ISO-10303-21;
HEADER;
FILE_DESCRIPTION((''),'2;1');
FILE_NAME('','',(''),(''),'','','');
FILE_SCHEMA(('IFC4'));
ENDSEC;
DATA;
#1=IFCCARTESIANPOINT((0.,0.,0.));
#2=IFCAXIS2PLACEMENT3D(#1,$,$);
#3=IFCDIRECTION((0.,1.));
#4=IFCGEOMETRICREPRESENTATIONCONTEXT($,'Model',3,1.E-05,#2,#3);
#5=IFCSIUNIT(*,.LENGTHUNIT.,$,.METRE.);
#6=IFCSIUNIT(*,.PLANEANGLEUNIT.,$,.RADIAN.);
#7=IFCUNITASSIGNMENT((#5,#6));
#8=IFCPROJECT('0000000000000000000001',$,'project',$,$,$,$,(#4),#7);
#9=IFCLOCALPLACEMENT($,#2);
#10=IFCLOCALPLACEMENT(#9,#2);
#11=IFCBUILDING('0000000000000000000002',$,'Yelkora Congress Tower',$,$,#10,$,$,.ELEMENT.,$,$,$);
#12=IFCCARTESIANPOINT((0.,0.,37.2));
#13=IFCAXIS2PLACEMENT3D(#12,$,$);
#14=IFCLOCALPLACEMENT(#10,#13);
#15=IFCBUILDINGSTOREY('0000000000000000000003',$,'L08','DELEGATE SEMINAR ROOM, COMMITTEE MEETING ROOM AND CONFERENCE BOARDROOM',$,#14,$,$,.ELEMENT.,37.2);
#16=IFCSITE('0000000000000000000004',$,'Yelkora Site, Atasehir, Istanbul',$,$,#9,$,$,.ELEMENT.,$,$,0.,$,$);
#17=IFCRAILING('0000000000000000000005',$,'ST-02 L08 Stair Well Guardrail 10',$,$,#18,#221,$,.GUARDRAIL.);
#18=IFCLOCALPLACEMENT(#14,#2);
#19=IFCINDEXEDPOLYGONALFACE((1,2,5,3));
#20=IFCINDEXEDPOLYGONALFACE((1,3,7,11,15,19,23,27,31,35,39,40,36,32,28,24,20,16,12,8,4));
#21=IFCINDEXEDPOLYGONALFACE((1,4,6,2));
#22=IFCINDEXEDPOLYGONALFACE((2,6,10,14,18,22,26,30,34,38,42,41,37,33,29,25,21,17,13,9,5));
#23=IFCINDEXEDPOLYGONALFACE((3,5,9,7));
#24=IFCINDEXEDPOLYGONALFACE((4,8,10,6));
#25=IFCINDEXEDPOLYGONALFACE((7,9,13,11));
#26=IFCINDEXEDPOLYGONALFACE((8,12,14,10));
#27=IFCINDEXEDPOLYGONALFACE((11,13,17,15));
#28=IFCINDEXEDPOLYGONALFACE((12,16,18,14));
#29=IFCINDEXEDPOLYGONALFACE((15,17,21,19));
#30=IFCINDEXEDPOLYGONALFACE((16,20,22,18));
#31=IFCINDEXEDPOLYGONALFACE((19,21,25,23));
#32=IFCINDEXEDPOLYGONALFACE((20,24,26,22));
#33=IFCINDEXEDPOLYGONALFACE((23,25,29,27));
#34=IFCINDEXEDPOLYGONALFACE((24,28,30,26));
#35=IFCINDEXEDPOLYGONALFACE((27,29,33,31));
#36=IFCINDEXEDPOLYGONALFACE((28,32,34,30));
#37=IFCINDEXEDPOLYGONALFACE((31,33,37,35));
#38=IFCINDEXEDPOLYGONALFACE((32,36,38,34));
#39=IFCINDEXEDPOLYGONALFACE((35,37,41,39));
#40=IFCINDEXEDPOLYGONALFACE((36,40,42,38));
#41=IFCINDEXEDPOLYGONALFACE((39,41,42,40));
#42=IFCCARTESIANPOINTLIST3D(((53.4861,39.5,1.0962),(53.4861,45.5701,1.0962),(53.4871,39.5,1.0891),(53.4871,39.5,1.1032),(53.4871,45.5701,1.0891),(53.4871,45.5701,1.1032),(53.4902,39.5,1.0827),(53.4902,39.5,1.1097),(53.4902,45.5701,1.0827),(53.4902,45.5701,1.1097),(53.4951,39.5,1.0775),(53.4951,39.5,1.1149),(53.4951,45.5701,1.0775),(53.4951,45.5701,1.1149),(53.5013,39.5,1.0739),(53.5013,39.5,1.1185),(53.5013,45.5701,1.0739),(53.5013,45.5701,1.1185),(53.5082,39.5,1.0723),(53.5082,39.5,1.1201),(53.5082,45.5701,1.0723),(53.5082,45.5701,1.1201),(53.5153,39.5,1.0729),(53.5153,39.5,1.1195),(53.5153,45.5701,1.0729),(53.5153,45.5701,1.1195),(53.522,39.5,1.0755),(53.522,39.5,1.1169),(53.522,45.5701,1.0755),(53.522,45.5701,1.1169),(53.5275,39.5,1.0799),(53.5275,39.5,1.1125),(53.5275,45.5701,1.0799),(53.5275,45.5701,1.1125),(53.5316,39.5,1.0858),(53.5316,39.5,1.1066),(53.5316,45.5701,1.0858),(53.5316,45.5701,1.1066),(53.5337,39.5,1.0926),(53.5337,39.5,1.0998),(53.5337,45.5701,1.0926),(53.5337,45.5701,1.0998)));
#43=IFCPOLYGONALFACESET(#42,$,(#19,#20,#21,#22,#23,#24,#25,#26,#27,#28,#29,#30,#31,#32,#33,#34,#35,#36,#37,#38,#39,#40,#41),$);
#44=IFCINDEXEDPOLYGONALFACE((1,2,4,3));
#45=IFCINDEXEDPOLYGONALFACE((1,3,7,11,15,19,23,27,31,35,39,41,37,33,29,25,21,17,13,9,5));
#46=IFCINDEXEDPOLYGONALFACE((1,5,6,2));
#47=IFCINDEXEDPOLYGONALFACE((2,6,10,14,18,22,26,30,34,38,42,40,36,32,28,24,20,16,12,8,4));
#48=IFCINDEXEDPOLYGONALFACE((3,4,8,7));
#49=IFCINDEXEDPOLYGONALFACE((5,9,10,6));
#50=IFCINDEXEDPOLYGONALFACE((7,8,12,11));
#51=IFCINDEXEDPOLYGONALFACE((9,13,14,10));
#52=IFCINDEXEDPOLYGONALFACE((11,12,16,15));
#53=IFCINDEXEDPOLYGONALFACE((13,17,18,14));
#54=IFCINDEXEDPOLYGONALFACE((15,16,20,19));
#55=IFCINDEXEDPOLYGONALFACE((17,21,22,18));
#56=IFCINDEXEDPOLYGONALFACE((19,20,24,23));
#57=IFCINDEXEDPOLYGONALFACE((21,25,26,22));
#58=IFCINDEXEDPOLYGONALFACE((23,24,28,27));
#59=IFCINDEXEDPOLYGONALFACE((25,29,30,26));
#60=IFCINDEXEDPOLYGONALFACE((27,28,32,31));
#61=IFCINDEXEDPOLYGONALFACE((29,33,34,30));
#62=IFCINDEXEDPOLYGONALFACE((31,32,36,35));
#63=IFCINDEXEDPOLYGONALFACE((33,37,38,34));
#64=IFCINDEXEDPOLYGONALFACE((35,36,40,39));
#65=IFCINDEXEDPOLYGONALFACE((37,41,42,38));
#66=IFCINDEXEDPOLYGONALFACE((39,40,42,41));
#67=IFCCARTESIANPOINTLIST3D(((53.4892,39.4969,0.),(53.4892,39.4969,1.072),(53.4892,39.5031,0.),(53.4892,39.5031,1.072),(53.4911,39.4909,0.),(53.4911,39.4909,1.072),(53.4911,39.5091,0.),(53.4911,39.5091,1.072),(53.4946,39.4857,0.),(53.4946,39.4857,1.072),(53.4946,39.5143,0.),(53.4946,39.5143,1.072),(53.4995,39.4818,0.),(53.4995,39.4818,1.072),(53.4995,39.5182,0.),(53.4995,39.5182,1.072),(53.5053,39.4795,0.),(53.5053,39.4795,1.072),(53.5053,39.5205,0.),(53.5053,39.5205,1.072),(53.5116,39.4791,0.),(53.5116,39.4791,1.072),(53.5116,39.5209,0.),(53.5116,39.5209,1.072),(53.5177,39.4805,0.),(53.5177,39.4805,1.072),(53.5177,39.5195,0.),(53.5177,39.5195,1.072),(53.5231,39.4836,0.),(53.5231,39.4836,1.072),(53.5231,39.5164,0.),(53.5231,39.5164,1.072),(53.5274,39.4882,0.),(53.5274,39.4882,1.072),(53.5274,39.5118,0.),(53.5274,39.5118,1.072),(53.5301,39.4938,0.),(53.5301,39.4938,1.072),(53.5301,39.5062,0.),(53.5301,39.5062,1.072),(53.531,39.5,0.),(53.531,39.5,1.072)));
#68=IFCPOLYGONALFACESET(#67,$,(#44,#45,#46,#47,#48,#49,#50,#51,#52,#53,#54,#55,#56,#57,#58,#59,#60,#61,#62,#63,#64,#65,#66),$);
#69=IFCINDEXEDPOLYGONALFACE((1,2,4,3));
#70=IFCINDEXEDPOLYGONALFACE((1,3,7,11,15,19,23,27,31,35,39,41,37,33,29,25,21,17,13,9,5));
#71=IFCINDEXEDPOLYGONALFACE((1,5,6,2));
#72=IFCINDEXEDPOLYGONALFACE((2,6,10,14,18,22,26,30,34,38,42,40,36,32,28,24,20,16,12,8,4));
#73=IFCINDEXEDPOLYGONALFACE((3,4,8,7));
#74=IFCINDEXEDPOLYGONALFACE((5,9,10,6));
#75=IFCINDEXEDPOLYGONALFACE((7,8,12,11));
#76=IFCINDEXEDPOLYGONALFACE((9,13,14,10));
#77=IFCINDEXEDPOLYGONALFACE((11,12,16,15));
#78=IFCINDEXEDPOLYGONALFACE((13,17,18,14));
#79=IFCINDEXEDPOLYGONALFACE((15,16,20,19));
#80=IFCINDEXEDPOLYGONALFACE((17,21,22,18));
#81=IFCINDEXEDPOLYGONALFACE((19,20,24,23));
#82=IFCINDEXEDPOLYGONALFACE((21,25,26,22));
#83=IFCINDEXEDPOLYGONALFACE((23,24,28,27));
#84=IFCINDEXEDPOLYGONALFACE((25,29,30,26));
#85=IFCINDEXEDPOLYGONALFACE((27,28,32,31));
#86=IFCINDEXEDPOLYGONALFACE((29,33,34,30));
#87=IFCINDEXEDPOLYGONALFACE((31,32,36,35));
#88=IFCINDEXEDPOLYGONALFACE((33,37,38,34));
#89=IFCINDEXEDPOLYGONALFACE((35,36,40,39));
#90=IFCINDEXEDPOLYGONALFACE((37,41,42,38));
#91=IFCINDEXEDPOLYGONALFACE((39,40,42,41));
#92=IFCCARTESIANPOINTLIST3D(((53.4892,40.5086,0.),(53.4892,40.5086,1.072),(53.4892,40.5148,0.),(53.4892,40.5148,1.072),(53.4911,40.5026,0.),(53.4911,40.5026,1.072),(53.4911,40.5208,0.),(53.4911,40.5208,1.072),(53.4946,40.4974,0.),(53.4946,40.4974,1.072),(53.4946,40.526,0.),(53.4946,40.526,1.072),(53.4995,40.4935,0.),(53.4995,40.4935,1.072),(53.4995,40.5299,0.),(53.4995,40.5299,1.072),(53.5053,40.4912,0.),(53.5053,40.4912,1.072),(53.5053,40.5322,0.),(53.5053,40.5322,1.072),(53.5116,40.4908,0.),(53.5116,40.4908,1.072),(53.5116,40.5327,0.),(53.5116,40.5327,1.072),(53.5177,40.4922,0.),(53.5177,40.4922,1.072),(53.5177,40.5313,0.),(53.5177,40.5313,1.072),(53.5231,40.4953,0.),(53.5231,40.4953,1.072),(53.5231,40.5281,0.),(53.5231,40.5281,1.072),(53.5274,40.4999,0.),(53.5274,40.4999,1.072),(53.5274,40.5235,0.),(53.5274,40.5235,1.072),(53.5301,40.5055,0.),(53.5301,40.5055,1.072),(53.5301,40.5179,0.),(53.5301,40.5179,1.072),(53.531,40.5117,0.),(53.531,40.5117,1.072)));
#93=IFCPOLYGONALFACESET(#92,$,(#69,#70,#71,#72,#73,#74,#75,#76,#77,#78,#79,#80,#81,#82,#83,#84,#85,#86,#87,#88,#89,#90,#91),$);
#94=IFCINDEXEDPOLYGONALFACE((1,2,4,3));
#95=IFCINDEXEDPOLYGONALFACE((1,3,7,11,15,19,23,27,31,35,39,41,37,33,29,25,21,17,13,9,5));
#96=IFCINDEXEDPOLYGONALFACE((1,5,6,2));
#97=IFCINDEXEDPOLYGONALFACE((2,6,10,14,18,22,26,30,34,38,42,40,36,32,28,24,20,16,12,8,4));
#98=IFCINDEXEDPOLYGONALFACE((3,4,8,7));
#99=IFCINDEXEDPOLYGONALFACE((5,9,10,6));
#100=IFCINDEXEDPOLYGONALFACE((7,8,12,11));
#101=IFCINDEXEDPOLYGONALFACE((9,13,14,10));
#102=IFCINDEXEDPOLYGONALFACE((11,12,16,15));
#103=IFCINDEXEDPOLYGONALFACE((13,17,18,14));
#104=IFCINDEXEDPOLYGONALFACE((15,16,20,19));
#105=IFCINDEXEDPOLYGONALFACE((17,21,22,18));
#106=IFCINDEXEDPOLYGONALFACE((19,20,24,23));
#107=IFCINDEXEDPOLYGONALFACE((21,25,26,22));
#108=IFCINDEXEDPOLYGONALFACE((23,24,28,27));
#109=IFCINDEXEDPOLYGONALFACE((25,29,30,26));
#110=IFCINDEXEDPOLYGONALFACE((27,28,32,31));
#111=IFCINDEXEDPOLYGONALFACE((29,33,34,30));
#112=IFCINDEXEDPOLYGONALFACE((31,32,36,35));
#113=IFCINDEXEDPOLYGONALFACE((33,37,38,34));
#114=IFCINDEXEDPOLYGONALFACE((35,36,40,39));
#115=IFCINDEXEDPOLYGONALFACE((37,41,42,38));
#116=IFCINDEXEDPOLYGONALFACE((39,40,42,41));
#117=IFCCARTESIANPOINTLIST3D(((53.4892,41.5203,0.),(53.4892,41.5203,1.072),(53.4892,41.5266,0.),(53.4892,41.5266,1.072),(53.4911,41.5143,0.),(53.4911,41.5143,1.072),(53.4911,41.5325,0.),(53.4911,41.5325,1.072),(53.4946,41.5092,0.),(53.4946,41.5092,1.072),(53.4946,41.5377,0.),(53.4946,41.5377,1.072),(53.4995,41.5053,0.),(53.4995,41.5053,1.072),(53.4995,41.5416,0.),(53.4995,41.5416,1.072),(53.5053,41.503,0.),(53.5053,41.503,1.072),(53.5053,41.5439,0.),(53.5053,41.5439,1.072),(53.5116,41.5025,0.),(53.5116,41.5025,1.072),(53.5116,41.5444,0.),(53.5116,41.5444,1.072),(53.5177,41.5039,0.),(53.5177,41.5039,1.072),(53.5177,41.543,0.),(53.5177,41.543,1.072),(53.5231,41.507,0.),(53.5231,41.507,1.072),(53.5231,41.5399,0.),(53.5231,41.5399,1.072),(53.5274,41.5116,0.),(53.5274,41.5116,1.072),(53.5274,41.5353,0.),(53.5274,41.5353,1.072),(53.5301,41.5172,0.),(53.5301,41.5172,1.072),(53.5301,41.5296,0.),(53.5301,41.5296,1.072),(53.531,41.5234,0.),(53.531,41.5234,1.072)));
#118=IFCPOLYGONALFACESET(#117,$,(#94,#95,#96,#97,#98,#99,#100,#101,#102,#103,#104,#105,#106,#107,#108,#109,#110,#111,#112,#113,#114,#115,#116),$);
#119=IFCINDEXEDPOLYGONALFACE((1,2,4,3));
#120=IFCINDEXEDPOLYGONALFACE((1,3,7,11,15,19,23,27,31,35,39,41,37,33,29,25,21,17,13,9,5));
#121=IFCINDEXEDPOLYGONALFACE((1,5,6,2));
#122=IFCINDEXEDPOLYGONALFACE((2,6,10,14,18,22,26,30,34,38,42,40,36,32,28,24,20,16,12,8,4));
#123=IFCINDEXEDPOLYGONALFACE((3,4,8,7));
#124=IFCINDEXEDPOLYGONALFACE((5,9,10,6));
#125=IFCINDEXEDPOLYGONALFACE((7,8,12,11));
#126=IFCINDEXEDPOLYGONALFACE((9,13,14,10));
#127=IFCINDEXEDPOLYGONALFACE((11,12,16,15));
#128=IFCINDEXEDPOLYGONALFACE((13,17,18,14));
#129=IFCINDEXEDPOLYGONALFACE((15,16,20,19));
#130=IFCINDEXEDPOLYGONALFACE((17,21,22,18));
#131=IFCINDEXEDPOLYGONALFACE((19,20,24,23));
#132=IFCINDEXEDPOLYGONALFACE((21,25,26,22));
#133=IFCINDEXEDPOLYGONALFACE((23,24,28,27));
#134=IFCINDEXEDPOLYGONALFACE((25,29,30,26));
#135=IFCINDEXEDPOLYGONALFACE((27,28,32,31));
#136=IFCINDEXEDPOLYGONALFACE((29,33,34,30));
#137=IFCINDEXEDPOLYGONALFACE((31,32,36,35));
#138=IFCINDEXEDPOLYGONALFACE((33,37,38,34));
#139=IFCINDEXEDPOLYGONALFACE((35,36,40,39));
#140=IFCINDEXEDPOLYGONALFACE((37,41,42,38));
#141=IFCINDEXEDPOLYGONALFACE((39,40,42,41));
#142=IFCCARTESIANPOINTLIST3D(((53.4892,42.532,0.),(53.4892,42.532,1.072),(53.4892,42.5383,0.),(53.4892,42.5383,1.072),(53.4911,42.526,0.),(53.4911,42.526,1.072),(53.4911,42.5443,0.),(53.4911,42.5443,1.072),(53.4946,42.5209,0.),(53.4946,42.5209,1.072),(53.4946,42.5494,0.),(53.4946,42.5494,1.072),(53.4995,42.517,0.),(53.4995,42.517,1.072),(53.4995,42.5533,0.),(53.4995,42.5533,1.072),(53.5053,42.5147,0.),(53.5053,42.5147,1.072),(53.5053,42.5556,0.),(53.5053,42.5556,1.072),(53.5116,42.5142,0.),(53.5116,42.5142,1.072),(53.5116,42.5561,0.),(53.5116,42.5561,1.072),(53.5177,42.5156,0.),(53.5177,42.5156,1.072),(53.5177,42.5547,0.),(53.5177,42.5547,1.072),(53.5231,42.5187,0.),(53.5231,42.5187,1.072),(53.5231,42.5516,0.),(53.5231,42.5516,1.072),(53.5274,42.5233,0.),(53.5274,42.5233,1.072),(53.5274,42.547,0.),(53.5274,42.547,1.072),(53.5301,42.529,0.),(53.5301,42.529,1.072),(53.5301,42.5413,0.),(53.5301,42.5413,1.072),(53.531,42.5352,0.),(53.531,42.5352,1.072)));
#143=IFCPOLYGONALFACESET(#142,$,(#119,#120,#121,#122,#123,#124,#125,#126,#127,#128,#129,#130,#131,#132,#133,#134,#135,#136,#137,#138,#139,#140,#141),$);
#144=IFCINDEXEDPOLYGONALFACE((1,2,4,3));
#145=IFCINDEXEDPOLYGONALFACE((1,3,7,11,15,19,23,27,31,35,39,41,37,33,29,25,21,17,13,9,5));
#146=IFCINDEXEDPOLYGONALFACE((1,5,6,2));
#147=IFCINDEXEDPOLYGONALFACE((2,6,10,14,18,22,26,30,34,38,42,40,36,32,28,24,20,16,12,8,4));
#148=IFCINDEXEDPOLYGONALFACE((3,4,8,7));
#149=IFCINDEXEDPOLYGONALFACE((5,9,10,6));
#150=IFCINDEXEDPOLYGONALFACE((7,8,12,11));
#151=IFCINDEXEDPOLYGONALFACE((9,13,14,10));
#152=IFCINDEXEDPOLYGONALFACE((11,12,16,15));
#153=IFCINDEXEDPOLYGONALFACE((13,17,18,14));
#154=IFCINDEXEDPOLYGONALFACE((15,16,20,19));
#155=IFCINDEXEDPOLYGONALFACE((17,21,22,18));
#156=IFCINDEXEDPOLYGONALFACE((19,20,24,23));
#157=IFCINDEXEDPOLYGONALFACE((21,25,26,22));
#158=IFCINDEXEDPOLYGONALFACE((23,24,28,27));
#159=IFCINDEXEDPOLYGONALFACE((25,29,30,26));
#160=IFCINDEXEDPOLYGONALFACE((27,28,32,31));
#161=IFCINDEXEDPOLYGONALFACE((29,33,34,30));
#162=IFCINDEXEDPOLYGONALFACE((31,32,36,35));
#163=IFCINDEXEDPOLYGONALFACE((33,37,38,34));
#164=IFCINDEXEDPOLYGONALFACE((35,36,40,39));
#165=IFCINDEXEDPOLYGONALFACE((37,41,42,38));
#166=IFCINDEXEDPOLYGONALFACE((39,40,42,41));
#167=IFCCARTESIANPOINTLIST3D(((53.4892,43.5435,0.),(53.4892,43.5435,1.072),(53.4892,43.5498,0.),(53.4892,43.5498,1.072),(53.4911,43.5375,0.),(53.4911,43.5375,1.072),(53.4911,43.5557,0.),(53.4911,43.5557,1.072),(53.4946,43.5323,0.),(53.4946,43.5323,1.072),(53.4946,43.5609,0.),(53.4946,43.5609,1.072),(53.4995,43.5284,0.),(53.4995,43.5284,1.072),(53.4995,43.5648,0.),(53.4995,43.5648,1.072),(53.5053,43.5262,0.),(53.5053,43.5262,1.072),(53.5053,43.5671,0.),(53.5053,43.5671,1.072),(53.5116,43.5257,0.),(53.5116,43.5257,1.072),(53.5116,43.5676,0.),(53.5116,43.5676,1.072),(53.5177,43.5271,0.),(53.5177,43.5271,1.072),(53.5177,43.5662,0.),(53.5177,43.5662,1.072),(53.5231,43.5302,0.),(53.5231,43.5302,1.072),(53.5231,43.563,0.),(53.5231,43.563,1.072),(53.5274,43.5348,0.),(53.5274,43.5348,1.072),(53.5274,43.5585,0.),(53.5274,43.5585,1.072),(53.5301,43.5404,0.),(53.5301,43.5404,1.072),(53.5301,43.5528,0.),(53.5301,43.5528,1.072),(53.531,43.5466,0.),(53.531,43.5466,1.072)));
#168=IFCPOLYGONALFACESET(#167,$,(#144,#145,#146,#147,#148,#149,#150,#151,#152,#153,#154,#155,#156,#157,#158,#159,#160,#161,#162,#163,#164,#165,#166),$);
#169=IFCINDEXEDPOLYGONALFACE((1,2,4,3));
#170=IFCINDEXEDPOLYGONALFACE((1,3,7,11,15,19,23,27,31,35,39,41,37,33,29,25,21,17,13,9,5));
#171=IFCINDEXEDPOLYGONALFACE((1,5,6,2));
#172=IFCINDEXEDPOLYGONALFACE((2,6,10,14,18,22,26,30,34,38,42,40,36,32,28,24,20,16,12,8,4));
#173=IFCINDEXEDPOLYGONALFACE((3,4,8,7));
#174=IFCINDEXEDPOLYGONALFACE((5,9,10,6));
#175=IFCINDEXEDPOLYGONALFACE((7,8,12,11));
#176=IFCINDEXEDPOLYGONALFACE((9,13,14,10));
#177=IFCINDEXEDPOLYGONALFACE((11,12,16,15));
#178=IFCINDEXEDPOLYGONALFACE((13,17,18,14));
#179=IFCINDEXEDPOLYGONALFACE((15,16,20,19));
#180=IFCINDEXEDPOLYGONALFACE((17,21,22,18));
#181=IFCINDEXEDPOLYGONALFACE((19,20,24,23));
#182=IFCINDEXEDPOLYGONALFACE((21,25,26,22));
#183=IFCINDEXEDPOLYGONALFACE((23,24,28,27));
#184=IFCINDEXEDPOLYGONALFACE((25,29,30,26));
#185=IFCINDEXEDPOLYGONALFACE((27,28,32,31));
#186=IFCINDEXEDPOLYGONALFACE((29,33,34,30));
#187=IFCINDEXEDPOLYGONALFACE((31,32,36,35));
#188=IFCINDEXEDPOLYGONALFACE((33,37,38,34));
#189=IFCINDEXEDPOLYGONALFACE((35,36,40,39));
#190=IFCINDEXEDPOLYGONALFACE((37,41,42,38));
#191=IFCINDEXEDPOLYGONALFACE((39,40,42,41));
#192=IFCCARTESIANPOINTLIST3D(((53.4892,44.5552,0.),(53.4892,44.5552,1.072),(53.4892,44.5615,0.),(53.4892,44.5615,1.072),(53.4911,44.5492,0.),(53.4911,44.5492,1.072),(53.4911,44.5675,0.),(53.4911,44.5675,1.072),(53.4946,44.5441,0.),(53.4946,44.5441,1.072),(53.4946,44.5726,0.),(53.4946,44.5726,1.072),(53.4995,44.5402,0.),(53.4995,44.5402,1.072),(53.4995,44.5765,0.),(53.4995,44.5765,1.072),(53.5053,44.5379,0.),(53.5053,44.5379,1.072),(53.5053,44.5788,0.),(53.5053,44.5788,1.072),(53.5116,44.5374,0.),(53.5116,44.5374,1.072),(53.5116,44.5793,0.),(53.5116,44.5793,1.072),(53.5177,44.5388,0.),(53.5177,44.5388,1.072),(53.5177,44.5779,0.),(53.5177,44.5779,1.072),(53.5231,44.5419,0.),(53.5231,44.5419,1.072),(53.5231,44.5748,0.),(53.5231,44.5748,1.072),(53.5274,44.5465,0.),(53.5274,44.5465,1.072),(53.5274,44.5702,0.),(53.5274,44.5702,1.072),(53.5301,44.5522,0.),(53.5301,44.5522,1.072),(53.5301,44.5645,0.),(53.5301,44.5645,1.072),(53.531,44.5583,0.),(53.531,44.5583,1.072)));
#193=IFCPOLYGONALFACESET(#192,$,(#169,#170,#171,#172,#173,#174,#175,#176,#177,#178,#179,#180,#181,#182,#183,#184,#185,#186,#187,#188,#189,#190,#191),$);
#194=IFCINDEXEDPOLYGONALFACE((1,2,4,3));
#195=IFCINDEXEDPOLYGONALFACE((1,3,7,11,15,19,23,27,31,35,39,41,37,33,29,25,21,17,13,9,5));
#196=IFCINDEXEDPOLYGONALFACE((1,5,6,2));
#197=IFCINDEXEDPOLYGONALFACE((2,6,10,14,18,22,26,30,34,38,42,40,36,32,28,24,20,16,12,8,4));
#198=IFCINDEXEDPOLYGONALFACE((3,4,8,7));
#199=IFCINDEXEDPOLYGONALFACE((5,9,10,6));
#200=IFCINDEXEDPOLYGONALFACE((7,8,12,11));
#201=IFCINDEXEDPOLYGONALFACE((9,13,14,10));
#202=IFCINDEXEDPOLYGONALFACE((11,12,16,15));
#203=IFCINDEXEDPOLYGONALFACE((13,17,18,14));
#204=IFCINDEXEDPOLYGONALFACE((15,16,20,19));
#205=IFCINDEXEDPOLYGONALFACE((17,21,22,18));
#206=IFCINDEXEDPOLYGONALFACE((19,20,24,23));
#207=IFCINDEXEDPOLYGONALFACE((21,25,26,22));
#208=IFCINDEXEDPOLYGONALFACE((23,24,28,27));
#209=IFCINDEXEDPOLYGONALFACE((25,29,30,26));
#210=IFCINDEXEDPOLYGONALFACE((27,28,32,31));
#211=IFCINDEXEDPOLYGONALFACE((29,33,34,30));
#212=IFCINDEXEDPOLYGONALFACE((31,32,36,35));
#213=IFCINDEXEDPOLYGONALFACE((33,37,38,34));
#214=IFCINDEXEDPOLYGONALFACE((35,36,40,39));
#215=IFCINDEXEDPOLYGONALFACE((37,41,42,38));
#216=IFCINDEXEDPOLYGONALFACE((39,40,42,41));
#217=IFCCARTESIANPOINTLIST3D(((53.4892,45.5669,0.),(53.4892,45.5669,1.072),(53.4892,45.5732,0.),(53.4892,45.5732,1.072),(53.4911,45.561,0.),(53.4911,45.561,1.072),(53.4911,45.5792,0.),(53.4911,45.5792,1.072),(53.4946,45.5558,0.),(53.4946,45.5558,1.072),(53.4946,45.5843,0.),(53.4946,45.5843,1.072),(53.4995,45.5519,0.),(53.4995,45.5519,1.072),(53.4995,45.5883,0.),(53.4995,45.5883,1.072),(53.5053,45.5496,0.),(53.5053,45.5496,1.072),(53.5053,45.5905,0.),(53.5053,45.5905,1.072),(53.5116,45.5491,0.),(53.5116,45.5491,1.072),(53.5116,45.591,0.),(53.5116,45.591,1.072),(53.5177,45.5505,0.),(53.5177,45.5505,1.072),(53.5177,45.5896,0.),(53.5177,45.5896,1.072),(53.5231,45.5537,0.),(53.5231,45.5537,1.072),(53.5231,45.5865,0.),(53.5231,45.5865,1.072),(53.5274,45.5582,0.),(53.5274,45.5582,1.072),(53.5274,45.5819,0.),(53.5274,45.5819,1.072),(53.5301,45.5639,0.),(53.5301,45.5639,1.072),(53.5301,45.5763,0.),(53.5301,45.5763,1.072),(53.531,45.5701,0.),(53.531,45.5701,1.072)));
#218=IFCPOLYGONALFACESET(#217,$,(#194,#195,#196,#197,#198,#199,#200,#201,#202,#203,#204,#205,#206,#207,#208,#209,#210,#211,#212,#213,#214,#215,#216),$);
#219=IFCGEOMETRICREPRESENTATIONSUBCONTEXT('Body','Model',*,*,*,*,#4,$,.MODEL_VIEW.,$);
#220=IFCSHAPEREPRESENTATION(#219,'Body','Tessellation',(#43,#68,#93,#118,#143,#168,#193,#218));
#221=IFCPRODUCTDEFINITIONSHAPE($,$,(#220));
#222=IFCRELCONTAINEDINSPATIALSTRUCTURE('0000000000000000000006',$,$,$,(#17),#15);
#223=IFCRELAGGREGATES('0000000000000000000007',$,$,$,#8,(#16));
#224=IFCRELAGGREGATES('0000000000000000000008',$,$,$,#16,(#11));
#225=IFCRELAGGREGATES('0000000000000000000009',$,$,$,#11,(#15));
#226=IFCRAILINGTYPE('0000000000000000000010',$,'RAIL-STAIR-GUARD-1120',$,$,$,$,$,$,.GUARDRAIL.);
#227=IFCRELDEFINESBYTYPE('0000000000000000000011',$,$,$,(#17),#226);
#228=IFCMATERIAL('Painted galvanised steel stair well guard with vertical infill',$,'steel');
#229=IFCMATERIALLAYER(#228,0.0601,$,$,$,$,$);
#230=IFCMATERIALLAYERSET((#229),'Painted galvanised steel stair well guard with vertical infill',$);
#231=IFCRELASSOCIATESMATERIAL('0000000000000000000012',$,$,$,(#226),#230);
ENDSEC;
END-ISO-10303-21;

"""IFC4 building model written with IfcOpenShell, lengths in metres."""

from ifc_helpers import new_model, si_unit, direction, frame, origin, origin_2d, place, context, subcontext, project, spatial, circle, extrude, material, layer, layer_set, type_object, element, save


model = new_model("IFC4")

# Units and contexts
model_context = context("Model", 3, precision=1e-05, world=origin(), true_north=direction((0.0, 1.0)))
body_context = subcontext(model_context, "Body", "Model", "MODEL_VIEW")
ifc_project = project(units=[si_unit("LENGTHUNIT", "METRE"), si_unit("PLANEANGLEUNIT", "RADIAN")], contexts=[model_context])

# Site, building, storey
site_placement = place(None, origin())
site = spatial("IfcSite", under=ifc_project, at=site_placement, Name="Yelkora Site, Atasehir, Istanbul", CompositionType="ELEMENT", RefElevation=0.0)
building_placement = place(site_placement, origin())
building = spatial("IfcBuilding", under=site, at=building_placement, Name="Yelkora Congress Tower", CompositionType="ELEMENT")
storey_placement = place(building_placement, frame((0.0, 0.0, 37.2)))
storey = spatial("IfcBuildingStorey", under=building, at=storey_placement, Name="L08", Description="DELEGATE SEMINAR ROOM, COMMITTEE MEETING ROOM AND CONFERENCE BOARDROOM", CompositionType="ELEMENT", Elevation=37.2)

# Railing
ifc_material_1 = material(Name="Painted galvanised steel stair well guard with vertical infill", Category="steel")
ifc_layer_1 = layer(ifc_material_1, 0.0601)
ifc_layer_set_1 = layer_set([ifc_layer_1], Name="Painted galvanised steel stair well guard with vertical infill")
railing_type_1 = type_object("IfcRailingType", Name="RAIL-STAIR-GUARD-1120", PredefinedType="GUARDRAIL", material=ifc_layer_set_1)
railing_1_placement = place(storey_placement, frame((53.51, 39.5, 0.0)))
element("IfcRailing", 1, at=railing_1_placement, inside=storey, type_object=railing_type_1, Name="ST-02 L08 Stair Well Guardrail 10", PredefinedType="GUARDRAIL", context=body_context, shape_type="SweptSolid", body=[
    extrude(circle(Radius=0.0239, at=origin_2d()), frame((0.0, 0.0, 1.0962), z_axis=(0.0, 1.0, 0.0), x_axis=(-1.0, 0.0, 0.0)), (0.0, 0.0, 1.0), 6.0701),
    extrude(circle(Radius=0.021, at=origin_2d()), origin(), (0.0, 0.0, 1.0), 1.072),
    extrude(circle(Radius=0.021, at=origin_2d()), frame((0.0, 1.0117, 0.0)), (0.0, 0.0, 1.0), 1.072),
    extrude(circle(Radius=0.021, at=origin_2d()), frame((0.0, 2.0234, 0.0)), (0.0, 0.0, 1.0), 1.072),
    extrude(circle(Radius=0.021, at=origin_2d()), frame((0.0, 3.0352, 0.0)), (0.0, 0.0, 1.0), 1.072),
    extrude(circle(Radius=0.021, at=origin_2d()), frame((0.0, 4.0466, 0.0)), (0.0, 0.0, 1.0), 1.072),
    extrude(circle(Radius=0.021, at=origin_2d()), frame((0.0, 5.0583, 0.0)), (0.0, 0.0, 1.0), 1.072),
    extrude(circle(Radius=0.021, at=origin_2d()), frame((0.0, 6.0701, 0.0)), (0.0, 0.0, 1.0), 1.072),
])

save(model, "model.ifc")
